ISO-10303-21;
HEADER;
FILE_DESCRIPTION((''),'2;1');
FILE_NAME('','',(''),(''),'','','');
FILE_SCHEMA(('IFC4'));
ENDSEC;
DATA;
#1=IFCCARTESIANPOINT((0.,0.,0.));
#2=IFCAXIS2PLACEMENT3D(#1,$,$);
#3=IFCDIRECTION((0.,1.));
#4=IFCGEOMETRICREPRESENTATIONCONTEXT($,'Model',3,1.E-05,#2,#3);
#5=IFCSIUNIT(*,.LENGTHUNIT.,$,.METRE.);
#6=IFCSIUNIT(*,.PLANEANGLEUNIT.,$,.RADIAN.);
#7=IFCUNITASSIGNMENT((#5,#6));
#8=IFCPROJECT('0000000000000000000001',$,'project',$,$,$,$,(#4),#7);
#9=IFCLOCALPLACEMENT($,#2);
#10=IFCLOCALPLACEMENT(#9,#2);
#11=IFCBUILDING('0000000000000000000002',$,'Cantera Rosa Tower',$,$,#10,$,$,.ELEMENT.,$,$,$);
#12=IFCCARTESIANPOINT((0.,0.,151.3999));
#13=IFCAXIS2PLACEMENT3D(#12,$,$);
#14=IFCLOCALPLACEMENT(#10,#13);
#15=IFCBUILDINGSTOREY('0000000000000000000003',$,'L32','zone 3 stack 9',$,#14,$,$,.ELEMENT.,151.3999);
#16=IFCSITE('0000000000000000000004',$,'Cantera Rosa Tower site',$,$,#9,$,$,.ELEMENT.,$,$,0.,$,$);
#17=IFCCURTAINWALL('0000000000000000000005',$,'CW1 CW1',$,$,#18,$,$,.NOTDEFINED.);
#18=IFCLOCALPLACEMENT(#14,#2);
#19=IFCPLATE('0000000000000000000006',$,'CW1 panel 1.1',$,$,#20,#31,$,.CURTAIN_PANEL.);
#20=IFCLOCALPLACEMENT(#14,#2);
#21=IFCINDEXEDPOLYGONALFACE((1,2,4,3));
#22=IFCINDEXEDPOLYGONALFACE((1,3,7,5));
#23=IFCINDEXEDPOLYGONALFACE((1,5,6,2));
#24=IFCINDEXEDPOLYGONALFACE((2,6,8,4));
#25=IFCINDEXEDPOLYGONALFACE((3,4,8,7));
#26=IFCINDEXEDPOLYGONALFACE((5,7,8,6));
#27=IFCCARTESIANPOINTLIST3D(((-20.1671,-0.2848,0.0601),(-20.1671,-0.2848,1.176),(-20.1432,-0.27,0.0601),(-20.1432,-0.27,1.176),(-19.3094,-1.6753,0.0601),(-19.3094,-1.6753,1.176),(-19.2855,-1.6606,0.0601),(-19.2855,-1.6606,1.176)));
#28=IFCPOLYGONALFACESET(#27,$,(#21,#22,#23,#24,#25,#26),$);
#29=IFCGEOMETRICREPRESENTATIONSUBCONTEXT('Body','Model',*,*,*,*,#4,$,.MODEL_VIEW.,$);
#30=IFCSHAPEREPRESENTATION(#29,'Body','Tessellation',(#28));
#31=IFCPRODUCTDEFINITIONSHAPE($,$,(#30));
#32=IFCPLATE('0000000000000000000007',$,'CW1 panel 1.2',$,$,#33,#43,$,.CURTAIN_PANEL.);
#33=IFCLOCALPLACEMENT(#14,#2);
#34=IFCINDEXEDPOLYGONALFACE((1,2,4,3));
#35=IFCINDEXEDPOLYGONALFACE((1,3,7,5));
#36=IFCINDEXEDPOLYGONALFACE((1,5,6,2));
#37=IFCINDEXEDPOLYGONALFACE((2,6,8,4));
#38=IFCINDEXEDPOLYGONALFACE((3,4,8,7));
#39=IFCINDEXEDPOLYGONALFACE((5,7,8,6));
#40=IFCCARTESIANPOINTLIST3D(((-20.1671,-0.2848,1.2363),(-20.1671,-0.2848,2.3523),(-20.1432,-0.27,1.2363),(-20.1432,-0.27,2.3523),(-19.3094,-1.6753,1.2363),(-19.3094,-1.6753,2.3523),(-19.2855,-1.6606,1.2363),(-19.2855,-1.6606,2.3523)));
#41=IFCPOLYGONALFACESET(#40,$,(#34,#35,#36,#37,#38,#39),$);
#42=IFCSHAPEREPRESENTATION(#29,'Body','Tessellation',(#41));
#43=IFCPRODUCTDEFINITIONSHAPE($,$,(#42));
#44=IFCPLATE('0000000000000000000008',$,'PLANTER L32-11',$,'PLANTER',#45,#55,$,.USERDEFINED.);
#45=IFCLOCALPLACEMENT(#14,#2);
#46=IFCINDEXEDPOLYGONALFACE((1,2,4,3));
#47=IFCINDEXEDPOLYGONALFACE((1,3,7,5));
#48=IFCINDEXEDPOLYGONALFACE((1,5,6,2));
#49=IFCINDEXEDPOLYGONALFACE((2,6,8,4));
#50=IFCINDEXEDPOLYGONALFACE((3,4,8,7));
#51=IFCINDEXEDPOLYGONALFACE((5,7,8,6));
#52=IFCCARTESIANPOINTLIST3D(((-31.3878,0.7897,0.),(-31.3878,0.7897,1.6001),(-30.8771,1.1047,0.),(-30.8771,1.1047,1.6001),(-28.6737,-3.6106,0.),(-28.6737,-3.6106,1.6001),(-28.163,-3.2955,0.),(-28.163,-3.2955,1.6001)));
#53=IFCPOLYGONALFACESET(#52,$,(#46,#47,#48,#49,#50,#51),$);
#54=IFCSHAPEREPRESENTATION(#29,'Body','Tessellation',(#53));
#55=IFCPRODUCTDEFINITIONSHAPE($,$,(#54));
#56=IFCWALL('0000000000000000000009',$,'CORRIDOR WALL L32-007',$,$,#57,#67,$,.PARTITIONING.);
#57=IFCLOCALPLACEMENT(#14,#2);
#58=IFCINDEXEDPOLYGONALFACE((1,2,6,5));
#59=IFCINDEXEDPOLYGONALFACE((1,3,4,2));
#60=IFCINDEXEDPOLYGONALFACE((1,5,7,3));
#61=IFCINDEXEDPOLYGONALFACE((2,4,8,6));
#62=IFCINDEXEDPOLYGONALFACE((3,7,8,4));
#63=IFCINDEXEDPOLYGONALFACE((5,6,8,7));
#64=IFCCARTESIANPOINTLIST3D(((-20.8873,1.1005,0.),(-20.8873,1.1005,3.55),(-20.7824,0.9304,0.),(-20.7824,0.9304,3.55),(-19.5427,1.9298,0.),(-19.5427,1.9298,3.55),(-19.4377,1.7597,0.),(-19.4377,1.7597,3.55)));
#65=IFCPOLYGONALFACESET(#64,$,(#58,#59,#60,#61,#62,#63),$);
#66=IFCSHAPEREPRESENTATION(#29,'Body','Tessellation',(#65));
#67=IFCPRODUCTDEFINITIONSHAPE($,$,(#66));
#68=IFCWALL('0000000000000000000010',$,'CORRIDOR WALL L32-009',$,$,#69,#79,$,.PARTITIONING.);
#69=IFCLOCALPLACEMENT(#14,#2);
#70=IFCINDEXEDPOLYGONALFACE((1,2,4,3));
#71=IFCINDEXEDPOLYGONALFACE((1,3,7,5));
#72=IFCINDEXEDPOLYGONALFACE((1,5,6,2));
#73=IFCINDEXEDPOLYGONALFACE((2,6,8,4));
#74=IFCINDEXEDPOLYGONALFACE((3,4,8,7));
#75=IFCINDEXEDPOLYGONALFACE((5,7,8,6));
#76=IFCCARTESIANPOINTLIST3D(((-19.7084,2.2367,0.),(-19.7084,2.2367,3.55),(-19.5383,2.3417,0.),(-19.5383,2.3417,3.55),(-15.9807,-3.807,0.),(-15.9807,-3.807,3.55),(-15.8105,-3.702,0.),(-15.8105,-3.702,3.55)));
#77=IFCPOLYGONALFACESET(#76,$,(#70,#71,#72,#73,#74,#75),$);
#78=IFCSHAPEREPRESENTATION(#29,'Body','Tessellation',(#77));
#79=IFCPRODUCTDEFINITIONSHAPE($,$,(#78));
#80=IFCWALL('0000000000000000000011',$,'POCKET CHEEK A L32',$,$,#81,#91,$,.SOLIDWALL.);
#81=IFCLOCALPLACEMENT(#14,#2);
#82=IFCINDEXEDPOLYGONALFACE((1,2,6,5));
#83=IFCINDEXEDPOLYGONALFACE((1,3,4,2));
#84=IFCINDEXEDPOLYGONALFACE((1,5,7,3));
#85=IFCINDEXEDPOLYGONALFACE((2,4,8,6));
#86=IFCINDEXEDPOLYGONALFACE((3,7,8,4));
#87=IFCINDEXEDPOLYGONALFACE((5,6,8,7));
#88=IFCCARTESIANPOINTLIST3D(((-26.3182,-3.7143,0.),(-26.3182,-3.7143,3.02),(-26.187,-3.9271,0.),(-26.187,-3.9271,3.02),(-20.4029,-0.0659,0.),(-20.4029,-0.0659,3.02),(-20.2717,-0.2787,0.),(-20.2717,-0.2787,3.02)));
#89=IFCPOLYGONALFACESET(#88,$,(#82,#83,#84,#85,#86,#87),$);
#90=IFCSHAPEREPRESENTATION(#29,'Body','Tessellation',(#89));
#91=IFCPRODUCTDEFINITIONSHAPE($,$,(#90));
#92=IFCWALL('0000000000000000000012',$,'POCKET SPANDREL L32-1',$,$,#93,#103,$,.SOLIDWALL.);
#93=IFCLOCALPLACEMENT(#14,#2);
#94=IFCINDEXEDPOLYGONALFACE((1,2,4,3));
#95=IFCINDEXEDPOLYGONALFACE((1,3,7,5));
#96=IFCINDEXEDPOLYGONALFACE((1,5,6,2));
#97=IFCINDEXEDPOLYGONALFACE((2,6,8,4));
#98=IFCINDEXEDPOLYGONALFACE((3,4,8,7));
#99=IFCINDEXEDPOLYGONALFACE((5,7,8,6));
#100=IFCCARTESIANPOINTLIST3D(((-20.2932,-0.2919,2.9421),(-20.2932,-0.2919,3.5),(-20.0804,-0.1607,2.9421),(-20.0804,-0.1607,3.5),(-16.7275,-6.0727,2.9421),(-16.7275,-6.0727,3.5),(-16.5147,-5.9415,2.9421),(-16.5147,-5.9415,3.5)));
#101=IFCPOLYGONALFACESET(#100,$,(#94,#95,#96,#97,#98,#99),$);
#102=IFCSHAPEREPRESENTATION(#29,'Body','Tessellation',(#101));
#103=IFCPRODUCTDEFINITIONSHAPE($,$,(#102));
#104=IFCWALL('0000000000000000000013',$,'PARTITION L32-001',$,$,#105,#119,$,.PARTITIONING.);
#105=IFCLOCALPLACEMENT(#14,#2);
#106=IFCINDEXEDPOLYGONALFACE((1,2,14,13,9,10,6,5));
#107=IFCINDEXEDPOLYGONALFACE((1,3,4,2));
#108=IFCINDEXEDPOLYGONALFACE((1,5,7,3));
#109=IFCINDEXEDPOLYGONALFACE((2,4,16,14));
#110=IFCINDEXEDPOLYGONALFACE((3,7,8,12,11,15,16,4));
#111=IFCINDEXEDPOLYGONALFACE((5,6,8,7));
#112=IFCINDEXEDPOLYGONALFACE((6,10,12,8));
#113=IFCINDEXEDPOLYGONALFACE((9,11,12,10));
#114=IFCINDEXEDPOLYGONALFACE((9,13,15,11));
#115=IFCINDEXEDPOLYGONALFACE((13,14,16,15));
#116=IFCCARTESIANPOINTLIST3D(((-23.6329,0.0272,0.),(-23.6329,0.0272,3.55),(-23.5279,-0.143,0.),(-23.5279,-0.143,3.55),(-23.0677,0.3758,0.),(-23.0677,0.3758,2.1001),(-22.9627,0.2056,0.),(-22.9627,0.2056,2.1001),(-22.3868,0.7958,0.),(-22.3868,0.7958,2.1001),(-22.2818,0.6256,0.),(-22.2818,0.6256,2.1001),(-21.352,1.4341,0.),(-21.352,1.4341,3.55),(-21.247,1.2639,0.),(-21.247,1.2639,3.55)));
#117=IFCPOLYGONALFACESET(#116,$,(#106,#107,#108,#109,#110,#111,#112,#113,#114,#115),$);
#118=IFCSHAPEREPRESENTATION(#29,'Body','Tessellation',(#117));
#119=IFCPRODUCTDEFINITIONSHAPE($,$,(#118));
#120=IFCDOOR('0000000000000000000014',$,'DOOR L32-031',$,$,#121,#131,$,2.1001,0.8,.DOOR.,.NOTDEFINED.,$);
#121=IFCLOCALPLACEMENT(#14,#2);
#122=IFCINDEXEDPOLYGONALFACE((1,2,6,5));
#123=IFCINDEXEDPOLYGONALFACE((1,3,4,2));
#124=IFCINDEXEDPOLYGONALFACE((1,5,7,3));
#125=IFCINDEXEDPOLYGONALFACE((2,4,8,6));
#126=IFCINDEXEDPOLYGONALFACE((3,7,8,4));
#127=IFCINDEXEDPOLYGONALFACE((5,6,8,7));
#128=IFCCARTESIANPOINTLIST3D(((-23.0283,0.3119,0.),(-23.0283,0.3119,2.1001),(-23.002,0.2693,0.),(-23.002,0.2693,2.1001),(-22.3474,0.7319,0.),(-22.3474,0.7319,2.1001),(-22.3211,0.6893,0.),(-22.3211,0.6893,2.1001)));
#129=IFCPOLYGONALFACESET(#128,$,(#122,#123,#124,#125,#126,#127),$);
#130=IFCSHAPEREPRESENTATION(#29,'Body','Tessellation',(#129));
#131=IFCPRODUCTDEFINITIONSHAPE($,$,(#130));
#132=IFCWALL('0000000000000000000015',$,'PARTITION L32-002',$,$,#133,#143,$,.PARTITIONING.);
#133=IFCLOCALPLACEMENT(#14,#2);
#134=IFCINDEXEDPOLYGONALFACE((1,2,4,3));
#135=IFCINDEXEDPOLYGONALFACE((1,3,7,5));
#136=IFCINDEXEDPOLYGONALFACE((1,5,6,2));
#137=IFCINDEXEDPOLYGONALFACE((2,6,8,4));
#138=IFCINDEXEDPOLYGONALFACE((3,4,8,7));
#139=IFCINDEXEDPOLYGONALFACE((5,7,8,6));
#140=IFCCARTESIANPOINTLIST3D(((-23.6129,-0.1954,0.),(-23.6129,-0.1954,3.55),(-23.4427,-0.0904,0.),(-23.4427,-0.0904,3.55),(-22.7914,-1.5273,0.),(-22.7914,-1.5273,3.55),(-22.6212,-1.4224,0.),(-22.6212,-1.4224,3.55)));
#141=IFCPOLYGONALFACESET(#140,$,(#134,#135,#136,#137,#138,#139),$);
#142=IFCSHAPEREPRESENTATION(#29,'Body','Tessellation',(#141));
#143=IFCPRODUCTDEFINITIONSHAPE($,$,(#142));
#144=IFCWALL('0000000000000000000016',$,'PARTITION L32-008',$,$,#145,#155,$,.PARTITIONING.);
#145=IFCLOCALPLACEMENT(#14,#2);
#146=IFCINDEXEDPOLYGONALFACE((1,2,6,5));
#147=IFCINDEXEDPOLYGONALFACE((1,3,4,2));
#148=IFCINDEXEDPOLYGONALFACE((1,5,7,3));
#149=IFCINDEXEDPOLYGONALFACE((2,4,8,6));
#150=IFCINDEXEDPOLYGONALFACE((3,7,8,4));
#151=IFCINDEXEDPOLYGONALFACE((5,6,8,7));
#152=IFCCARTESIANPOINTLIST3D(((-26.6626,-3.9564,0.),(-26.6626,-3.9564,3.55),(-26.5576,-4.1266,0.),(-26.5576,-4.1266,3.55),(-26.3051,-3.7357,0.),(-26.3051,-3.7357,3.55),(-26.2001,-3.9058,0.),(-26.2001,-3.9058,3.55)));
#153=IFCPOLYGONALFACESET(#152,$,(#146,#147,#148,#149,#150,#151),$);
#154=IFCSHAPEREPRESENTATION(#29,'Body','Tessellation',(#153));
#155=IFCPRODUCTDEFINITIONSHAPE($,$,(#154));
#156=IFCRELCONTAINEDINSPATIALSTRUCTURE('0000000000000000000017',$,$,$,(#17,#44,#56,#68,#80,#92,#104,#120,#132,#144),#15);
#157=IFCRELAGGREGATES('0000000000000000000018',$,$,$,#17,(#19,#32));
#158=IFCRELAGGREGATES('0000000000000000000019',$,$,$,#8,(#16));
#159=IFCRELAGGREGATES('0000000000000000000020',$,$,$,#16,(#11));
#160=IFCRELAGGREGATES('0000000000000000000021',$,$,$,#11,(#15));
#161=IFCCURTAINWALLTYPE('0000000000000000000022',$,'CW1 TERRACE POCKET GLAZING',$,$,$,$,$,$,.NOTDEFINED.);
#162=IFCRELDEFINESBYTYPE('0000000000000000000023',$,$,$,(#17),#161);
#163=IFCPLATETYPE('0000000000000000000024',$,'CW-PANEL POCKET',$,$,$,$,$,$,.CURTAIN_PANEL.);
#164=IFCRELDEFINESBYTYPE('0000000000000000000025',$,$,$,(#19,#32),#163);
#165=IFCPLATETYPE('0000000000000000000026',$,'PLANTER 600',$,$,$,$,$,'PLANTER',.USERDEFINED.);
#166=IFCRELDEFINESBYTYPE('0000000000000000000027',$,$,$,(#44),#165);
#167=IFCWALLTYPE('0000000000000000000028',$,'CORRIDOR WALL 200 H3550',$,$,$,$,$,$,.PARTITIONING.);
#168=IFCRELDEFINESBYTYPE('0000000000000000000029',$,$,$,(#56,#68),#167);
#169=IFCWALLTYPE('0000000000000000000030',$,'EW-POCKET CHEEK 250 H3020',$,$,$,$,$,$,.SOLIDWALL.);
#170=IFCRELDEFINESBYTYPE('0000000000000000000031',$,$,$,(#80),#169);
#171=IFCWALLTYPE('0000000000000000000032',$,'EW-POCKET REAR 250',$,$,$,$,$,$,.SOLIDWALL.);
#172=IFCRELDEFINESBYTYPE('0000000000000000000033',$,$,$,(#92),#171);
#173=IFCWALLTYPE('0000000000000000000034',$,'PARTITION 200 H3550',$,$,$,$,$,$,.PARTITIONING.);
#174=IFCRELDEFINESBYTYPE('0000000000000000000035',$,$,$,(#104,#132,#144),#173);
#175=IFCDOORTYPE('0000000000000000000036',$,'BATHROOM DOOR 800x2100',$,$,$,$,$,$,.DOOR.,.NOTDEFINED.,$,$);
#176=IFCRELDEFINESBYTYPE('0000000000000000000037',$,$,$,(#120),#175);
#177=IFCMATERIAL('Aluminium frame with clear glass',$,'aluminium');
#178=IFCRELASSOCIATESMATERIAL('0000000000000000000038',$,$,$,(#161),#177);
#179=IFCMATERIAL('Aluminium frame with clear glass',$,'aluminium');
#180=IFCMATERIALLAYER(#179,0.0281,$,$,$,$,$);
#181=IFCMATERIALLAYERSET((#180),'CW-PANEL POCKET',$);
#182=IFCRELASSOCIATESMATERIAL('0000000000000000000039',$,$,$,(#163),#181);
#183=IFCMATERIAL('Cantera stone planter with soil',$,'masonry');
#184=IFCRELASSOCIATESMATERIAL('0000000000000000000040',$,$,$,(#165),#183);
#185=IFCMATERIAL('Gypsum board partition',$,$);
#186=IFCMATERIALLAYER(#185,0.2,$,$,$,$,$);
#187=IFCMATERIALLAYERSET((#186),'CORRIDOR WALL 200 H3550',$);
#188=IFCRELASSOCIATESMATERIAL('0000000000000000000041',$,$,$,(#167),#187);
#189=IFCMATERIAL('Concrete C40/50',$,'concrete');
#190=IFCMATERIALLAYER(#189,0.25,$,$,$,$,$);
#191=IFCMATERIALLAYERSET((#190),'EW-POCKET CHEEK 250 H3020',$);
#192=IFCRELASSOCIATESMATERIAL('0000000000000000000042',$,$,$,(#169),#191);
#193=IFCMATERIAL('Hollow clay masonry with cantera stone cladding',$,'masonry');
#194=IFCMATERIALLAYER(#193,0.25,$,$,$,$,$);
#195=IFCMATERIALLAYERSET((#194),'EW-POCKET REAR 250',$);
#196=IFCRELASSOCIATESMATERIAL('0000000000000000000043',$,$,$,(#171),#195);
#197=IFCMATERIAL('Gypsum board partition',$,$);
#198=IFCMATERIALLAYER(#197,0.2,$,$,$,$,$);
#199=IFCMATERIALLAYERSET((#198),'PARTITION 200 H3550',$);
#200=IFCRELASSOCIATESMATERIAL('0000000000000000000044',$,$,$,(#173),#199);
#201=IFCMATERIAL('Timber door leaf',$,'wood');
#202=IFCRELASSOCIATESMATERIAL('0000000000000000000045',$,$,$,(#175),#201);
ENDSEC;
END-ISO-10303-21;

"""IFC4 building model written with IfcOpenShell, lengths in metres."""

from ifc_helpers import new_model, si_unit, direction, frame, frame_2d, origin, origin_2d, place, context, subcontext, project, spatial, rectangle, extrude, material, layer, layer_set, type_object, element, fill, aggregate, save


model = new_model("IFC4")

# Units and contexts
model_context = context("Model", 3, precision=1e-05, world=origin(), true_north=direction((0.0, 1.0)))
body_context = subcontext(model_context, "Body", "Model", "MODEL_VIEW")
ifc_project = project(units=[si_unit("LENGTHUNIT", "METRE"), si_unit("PLANEANGLEUNIT", "RADIAN")], contexts=[model_context])

# Site, building, storey
site_placement = place(None, origin())
site = spatial("IfcSite", under=ifc_project, at=site_placement, Name="Cantera Rosa Tower site", CompositionType="ELEMENT", RefElevation=0.0)
building_placement = place(site_placement, origin())
building = spatial("IfcBuilding", under=site, at=building_placement, Name="Cantera Rosa Tower", CompositionType="ELEMENT")
storey_placement = place(building_placement, frame((0.0, 0.0, 151.3999)))
storey = spatial("IfcBuildingStorey", under=building, at=storey_placement, Name="L32", Description="zone 3 stack 9", CompositionType="ELEMENT", Elevation=151.3999)

# Curtain wall
ifc_material_1 = material(Name="Aluminium frame with clear glass", Category="aluminium")
curtain_wall_type = type_object("IfcCurtainWallType", Name="CW1 TERRACE POCKET GLAZING", PredefinedType="NOTDEFINED", material=ifc_material_1)
curtain_wall_placement = place(storey_placement, origin())
curtain_wall = element("IfcCurtainWall", 1, at=curtain_wall_placement, inside=storey, type_object=curtain_wall_type, Name="CW1 CW1", PredefinedType="NOTDEFINED")

# Plates
ifc_material_2 = material(Name="Aluminium frame with clear glass", Category="aluminium")
ifc_layer_1 = layer(ifc_material_2, 0.0281)
ifc_layer_set_1 = layer_set([ifc_layer_1], Name="CW-PANEL POCKET")
plate_type_1 = type_object("IfcPlateType", Name="CW-PANEL POCKET", PredefinedType="CURTAIN_PANEL", material=ifc_layer_set_1)
plate_1_placement = place(storey_placement, frame((-19.7263, -0.9727, 0.0601), z_axis=(0.0, 0.0, 1.0), x_axis=(0.524977, -0.851117, 0.0)))
plate_1 = element("IfcPlate", 2, at=plate_1_placement, type_object=plate_type_1, Name="CW1 panel 1.1", PredefinedType="CURTAIN_PANEL", context=body_context, shape_type="SweptSolid", body=[
    extrude(rectangle(XDim=1.6338, YDim=0.0281, at=origin_2d()), origin(), (0.0, 0.0, 1.0), 1.116),
])
plate_2_placement = place(storey_placement, frame((-19.7263, -0.9727, 1.2363), z_axis=(0.0, 0.0, 1.0), x_axis=(0.524977, -0.851117, 0.0)))
plate_2 = element("IfcPlate", 3, at=plate_2_placement, type_object=plate_type_1, Name="CW1 panel 1.2", PredefinedType="CURTAIN_PANEL", context=body_context, shape_type="SweptSolid", body=[
    extrude(rectangle(XDim=1.6338, YDim=0.0281, at=origin_2d()), origin(), (0.0, 0.0, 1.0), 1.116),
])
aggregate(curtain_wall, [plate_1, plate_2])
ifc_material_3 = material(Name="Cantera stone planter with soil", Category="masonry")
plate_type_2 = type_object("IfcPlateType", Name="PLANTER 600", ElementType="PLANTER", PredefinedType="USERDEFINED", material=ifc_material_3)
plate_3_placement = place(storey_placement, frame((-29.7754, -1.2529, 0.0), z_axis=(0.0, 0.0, 1.0), x_axis=(0.524977, -0.851117, 0.0)))
element("IfcPlate", 4, at=plate_3_placement, inside=storey, type_object=plate_type_2, Name="PLANTER L32-11", ObjectType="PLANTER", PredefinedType="USERDEFINED", context=body_context, shape_type="SweptSolid", body=[
    extrude(rectangle(XDim=5.1699, YDim=0.6001, at=origin_2d()), origin(), (0.0, 0.0, 1.0), 1.6001),
])

# Walls
ifc_material_4 = material(Name="Gypsum board partition")
ifc_layer_2 = layer(ifc_material_4, 0.2)
ifc_layer_set_2 = layer_set([ifc_layer_2], Name="CORRIDOR WALL 200 H3550")
wall_type_1 = type_object("IfcWallType", Name="CORRIDOR WALL 200 H3550", PredefinedType="PARTITIONING", material=ifc_layer_set_2)
wall_1_placement = place(storey_placement, frame((-20.835, 1.0154, 0.0), z_axis=(0.0, 0.0, 1.0), x_axis=(0.851143, 0.524933, 0.0)))
element("IfcWall", 5, at=wall_1_placement, inside=storey, type_object=wall_type_1, Name="CORRIDOR WALL L32-007", PredefinedType="PARTITIONING", context=body_context, shape_type="SweptSolid", body=[
    extrude(rectangle(XDim=1.5798, YDim=0.2, at=frame_2d((0.79, 0.0))), origin(), (0.0, 0.0, 1.0), 3.55),
])
wall_2_placement = place(storey_placement, frame((-19.6233, 2.2891, 0.0), z_axis=(0.0, 0.0, 1.0), x_axis=(0.524974, -0.851118, 0.0)))
element("IfcWall", 6, at=wall_2_placement, inside=storey, type_object=wall_type_1, Name="CORRIDOR WALL L32-009", PredefinedType="PARTITIONING", context=body_context, shape_type="SweptSolid", body=[
    extrude(rectangle(XDim=7.1008, YDim=0.2, at=frame_2d((3.5503, 0.0))), origin(), (0.0, 0.0, 1.0), 3.55),
])

# Walls
ifc_material_5 = material(Name="Concrete C40/50", Category="concrete")
ifc_layer_3 = layer(ifc_material_5, 0.25)
ifc_layer_set_3 = layer_set([ifc_layer_3], Name="EW-POCKET CHEEK 250 H3020")
wall_type_2 = type_object("IfcWallType", Name="EW-POCKET CHEEK 250 H3020", PredefinedType="SOLIDWALL", material=ifc_layer_set_3)
wall_3_placement = place(storey_placement, frame((-26.2527, -3.8208, 0.0), z_axis=(0.0, 0.0, 1.0), x_axis=(0.851127, 0.52496, 0.0)))
element("IfcWall", 7, at=wall_3_placement, inside=storey, type_object=wall_type_2, Name="POCKET CHEEK A L32", PredefinedType="SOLIDWALL", context=body_context, shape_type="SweptSolid", body=[
    extrude(rectangle(XDim=6.95, YDim=0.25, at=frame_2d((3.4751, 0.0))), origin(), (0.0, 0.0, 1.0), 3.02),
])
ifc_material_6 = material(Name="Hollow clay masonry with cantera stone cladding", Category="masonry")
ifc_layer_4 = layer(ifc_material_6, 0.25)
ifc_layer_set_4 = layer_set([ifc_layer_4], Name="EW-POCKET REAR 250")
wall_type_3 = type_object("IfcWallType", Name="EW-POCKET REAR 250", PredefinedType="SOLIDWALL", material=ifc_layer_set_4)
wall_4_placement = place(storey_placement, frame((-20.1868, -0.2263, 2.9421), z_axis=(0.0, 0.0, 1.0), x_axis=(0.524982, -0.851114, 0.0)))
element("IfcWall", 8, at=wall_4_placement, inside=storey, type_object=wall_type_3, Name="POCKET SPANDREL L32-1", PredefinedType="SOLIDWALL", context=body_context, shape_type="SweptSolid", body=[
    extrude(rectangle(XDim=6.792, YDim=0.25, at=frame_2d((3.396, 0.0))), origin(), (0.0, 0.0, 1.0), 0.5579),
])

# Wall, opening, door
ifc_material_7 = material(Name="Gypsum board partition")
ifc_layer_5 = layer(ifc_material_7, 0.2)
ifc_layer_set_5 = layer_set([ifc_layer_5], Name="PARTITION 200 H3550")
wall_type_4 = type_object("IfcWallType", Name="PARTITION 200 H3550", PredefinedType="PARTITIONING", material=ifc_layer_set_5)
wall_5_placement = place(storey_placement, frame((-23.5803, -0.0579, 0.0), z_axis=(0.0, 0.0, 1.0), x_axis=(0.85111, 0.524987, 0.0)))
wall_5 = element("IfcWall", 9, at=wall_5_placement, inside=storey, type_object=wall_type_4, Name="PARTITION L32-001", PredefinedType="PARTITIONING", context=body_context, shape_type="SweptSolid", body=[
    extrude(rectangle(XDim=2.6799, YDim=0.2, at=frame_2d((1.3398, 0.0))), origin(), (0.0, 0.0, 1.0), 3.55),
])
opening_1_placement = place(wall_5_placement, frame((0.6641, 0.0, 0.0)))
opening_1 = element("IfcOpeningElement", 10, at=opening_1_placement, cuts=wall_5, PredefinedType="OPENING", context=body_context, shape_type="SweptSolid", body=[
    extrude(rectangle(XDim=0.8, YDim=2.1001, at=frame_2d((0.3999, 1.05))), frame((0.0, 0.1099, 0.0), z_axis=(0.0, -1.0, 0.0), x_axis=(1.0, 0.0, 0.0)), (0.0, 0.0, 1.0), 0.22),
])
ifc_material_8 = material(Name="Timber door leaf", Category="wood")
door_type_1 = type_object("IfcDoorType", Name="BATHROOM DOOR 800x2100", OperationType="NOTDEFINED", PredefinedType="DOOR", material=ifc_material_8)
door_1_placement = place(opening_1_placement, origin())
door_1 = element("IfcDoor", 11, at=door_1_placement, inside=storey, type_object=door_type_1, Name="DOOR L32-031", OperationType="NOTDEFINED", OverallHeight=2.1001, OverallWidth=0.8, PredefinedType="DOOR", context=body_context, shape_type="SweptSolid", body=[
    extrude(rectangle(XDim=0.8, YDim=2.1001, at=frame_2d((0.3999, 1.05))), frame((0.0, 0.0249, 0.0), z_axis=(0.0, -1.0, 0.0), x_axis=(1.0, 0.0, 0.0)), (0.0, 0.0, 1.0), 0.05),
])
fill(opening_1, door_1)

# Walls
wall_6_placement = place(storey_placement, frame((-22.7063, -1.4749, 0.0), z_axis=(0.0, 0.0, 1.0), x_axis=(-0.524941, 0.851138, 0.0)))
element("IfcWall", 12, at=wall_6_placement, inside=storey, type_object=wall_type_4, Name="PARTITION L32-002", PredefinedType="PARTITIONING", context=body_context, shape_type="SweptSolid", body=[
    extrude(rectangle(XDim=1.5649, YDim=0.2, at=frame_2d((0.7825, 0.0))), origin(), (0.0, 0.0, 1.0), 3.55),
])
wall_7_placement = place(storey_placement, frame((-26.2527, -3.8208, 0.0), z_axis=(0.0, 0.0, 1.0), x_axis=(-0.850859, -0.525394, 0.0)))
element("IfcWall", 13, at=wall_7_placement, inside=storey, type_object=wall_type_4, Name="PARTITION L32-008", PredefinedType="PARTITIONING", context=body_context, shape_type="SweptSolid", body=[
    extrude(rectangle(XDim=0.4202, YDim=0.2, at=frame_2d((0.21, 0.0))), origin(), (0.0, 0.0, 1.0), 3.55),
])

save(model, "model.ifc")
